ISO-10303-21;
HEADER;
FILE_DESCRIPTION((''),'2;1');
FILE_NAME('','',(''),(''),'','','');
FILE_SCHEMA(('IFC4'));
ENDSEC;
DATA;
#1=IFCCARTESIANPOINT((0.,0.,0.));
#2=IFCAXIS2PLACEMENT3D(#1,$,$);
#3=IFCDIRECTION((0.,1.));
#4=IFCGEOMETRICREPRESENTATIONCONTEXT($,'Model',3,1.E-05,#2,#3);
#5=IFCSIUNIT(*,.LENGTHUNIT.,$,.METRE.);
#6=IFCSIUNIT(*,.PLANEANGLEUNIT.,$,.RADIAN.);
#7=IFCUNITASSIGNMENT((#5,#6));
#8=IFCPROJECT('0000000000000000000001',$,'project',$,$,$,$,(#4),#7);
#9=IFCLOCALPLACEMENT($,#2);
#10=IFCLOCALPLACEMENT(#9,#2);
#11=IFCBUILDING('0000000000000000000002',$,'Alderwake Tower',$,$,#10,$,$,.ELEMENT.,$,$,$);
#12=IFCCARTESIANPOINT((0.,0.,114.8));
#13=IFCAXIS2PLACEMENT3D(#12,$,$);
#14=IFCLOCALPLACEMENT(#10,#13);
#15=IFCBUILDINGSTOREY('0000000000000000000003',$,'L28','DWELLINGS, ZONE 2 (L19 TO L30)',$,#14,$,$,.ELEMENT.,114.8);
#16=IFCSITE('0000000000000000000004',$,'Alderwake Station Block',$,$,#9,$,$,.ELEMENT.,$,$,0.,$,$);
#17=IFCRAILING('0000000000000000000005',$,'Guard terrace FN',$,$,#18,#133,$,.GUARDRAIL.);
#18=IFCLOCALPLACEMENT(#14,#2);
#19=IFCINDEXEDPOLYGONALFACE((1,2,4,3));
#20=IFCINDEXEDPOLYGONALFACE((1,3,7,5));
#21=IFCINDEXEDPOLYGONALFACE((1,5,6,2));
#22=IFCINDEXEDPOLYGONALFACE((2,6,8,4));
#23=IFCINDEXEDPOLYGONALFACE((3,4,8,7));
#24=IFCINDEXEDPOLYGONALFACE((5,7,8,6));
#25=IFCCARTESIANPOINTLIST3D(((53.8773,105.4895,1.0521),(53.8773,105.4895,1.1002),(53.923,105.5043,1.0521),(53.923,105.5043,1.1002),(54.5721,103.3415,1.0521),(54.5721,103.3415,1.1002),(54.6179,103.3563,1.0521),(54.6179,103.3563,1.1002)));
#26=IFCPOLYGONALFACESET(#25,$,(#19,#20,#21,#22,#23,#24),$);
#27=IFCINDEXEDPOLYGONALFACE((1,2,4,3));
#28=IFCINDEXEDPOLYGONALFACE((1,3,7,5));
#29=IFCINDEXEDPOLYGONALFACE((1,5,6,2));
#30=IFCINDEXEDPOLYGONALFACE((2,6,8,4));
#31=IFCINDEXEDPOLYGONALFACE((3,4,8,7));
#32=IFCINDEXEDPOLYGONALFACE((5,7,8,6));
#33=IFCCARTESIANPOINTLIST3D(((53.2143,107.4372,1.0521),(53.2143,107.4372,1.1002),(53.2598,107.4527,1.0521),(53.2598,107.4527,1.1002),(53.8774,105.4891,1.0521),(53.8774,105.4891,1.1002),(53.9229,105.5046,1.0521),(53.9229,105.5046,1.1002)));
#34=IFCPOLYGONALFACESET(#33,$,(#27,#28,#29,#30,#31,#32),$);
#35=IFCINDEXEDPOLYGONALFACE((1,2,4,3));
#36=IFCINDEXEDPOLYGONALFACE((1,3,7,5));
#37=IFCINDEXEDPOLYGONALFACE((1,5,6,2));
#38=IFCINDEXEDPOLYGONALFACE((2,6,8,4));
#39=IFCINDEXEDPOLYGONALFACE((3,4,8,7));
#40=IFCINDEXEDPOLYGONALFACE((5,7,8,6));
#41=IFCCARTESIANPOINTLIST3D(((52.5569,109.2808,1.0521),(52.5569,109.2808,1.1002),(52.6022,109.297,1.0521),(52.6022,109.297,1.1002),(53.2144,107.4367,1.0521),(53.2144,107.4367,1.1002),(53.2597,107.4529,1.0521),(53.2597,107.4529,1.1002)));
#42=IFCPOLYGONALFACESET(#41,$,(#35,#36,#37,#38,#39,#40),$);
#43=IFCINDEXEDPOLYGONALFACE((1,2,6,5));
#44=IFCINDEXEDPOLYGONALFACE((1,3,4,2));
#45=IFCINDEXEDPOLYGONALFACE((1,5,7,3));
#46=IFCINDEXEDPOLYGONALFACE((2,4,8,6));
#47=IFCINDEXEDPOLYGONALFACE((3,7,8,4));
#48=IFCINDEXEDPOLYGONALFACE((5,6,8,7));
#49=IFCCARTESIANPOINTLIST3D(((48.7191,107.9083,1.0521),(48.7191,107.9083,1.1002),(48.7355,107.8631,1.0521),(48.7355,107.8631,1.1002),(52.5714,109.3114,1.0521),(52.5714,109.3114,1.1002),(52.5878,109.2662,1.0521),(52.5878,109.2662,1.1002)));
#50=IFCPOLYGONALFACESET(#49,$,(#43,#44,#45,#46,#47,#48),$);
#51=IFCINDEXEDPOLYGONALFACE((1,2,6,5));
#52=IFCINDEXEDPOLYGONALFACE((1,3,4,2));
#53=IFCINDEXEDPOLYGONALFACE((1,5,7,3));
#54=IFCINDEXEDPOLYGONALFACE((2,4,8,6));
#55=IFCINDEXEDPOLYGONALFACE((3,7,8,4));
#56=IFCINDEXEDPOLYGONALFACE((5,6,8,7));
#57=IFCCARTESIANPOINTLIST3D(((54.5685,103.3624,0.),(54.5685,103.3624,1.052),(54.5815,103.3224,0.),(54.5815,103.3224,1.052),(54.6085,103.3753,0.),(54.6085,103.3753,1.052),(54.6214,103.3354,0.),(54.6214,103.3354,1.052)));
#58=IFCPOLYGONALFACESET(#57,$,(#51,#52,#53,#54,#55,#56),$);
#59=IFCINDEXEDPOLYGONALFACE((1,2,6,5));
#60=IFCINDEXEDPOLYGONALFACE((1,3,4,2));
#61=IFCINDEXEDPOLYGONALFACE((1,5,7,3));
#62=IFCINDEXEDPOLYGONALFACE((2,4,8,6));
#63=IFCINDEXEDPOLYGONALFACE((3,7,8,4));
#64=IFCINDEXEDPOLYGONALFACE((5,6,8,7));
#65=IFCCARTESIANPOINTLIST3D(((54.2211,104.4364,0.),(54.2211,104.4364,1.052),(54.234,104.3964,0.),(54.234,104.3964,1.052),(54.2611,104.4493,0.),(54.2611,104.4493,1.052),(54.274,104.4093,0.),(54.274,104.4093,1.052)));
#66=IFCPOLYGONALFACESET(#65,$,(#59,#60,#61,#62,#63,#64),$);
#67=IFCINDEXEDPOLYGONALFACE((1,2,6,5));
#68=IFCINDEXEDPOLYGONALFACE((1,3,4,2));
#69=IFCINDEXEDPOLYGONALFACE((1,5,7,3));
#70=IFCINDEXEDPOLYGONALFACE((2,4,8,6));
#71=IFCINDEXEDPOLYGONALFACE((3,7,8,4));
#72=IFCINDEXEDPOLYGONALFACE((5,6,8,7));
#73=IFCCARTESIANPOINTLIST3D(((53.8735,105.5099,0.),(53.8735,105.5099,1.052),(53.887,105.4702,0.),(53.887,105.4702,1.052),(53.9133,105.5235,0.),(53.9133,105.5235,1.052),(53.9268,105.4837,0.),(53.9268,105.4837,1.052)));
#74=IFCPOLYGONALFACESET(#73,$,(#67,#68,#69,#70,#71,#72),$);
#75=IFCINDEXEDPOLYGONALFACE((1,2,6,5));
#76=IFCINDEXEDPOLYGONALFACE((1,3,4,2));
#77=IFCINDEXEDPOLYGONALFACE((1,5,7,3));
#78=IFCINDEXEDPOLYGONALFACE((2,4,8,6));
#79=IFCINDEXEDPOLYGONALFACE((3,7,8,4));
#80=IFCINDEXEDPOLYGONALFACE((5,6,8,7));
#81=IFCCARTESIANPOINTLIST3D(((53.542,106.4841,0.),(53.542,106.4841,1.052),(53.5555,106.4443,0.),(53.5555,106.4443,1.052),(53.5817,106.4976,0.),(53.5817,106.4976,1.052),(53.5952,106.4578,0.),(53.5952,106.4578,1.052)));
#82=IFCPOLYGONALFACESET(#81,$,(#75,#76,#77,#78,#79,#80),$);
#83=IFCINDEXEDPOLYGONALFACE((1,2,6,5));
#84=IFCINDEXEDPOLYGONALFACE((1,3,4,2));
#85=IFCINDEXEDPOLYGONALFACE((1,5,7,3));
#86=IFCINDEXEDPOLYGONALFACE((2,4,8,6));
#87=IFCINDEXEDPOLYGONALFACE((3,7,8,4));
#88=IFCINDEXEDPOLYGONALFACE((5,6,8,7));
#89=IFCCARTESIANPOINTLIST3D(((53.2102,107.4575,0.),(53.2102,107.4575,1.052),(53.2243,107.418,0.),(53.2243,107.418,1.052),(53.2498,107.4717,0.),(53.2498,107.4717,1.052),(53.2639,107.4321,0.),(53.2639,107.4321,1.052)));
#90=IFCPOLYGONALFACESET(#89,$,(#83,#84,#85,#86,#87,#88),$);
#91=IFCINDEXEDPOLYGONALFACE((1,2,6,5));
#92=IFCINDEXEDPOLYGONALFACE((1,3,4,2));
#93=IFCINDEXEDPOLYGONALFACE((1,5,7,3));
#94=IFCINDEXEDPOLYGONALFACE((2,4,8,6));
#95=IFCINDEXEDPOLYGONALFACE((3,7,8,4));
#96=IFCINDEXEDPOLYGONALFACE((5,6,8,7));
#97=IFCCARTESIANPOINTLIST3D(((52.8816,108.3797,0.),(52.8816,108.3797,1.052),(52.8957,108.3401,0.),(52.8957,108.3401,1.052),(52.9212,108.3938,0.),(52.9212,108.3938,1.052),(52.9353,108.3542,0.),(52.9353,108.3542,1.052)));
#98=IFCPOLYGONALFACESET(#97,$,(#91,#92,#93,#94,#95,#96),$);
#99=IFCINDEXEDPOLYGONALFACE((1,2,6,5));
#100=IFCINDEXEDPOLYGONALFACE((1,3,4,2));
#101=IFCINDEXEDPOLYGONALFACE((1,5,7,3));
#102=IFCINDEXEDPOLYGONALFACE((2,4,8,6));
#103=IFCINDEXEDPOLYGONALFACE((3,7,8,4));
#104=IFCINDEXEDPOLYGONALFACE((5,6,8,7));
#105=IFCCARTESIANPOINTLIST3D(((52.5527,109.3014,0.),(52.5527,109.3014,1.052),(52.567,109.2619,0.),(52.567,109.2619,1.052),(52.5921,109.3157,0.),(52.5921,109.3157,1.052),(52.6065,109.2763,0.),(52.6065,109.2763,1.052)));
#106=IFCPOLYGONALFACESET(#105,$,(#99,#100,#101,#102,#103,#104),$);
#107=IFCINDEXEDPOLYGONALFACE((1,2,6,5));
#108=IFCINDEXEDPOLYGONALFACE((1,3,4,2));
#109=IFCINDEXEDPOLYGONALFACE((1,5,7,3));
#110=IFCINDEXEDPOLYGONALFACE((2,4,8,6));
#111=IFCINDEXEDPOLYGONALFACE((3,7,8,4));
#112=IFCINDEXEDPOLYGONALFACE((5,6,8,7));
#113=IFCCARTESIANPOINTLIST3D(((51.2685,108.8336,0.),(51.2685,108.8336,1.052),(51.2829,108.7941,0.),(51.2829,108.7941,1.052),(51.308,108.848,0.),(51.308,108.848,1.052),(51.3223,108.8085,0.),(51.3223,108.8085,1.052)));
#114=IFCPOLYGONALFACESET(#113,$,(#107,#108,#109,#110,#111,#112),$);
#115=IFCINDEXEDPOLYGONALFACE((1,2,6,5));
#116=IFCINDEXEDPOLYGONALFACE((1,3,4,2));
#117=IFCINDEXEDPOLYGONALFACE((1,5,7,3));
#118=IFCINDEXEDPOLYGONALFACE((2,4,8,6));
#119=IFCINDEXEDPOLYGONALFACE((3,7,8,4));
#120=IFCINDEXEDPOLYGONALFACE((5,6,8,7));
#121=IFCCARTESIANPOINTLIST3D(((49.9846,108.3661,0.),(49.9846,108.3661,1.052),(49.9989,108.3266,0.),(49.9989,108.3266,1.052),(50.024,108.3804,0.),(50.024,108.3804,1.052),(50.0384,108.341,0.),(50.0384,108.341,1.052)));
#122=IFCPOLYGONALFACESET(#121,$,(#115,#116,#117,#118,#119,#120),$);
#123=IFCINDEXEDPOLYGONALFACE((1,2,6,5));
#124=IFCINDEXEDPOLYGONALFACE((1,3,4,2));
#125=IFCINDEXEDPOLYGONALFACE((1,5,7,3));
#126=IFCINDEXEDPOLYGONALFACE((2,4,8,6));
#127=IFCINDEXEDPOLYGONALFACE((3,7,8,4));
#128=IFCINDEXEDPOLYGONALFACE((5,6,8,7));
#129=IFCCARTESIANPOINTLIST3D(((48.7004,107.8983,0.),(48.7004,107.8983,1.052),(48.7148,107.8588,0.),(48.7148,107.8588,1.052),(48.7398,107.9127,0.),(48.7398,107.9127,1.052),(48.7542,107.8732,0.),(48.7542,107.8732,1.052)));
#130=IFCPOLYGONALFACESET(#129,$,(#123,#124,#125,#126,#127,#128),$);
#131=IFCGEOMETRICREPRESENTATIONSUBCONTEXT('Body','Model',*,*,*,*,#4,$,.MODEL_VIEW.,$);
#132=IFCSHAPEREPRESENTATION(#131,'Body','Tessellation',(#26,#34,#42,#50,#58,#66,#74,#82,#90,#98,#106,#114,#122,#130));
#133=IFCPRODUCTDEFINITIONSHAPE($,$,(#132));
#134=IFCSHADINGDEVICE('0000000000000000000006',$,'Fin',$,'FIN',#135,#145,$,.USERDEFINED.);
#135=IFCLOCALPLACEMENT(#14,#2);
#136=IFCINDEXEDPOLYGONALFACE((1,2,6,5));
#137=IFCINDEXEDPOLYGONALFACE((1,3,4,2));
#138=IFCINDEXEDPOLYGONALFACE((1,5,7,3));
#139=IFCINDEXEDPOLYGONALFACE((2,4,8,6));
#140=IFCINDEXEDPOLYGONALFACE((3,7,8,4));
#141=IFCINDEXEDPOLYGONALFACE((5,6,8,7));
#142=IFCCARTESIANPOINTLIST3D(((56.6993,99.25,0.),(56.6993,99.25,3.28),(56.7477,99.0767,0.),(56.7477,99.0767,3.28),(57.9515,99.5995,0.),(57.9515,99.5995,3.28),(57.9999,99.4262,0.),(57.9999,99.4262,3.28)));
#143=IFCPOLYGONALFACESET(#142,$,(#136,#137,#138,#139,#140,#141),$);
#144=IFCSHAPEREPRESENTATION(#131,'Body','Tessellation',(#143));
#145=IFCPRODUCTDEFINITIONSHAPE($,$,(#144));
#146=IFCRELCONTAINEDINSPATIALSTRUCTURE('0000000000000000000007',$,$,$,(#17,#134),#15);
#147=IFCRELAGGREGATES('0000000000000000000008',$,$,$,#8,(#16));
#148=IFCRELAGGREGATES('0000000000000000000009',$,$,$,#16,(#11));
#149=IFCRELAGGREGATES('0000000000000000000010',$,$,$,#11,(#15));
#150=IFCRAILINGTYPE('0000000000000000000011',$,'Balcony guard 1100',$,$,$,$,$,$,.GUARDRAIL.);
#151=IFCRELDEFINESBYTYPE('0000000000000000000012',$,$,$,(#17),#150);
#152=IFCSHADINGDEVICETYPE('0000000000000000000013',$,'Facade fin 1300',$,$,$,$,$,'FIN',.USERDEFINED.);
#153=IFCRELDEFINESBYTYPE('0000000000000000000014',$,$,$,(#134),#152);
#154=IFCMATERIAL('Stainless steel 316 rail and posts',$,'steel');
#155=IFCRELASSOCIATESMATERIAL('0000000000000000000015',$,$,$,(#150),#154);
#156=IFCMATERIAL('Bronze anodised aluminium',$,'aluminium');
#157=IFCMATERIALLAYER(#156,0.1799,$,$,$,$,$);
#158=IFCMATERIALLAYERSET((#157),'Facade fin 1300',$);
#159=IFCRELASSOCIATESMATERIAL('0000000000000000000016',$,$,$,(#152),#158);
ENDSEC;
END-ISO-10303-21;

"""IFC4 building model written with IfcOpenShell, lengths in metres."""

from ifc_helpers import new_model, si_unit, direction, frame, origin, origin_2d, place, context, subcontext, project, spatial, rectangle, extrude, material, layer, layer_set, type_object, element, save


model = new_model("IFC4")

# Units and contexts
model_context = context("Model", 3, precision=1e-05, world=origin(), true_north=direction((0.0, 1.0)))
body_context = subcontext(model_context, "Body", "Model", "MODEL_VIEW")
ifc_project = project(units=[si_unit("LENGTHUNIT", "METRE"), si_unit("PLANEANGLEUNIT", "RADIAN")], contexts=[model_context])

# Site, building, storey
site_placement = place(None, origin())
site = spatial("IfcSite", under=ifc_project, at=site_placement, Name="Alderwake Station Block", CompositionType="ELEMENT", RefElevation=0.0)
building_placement = place(site_placement, origin())
building = spatial("IfcBuilding", under=site, at=building_placement, Name="Alderwake Tower", CompositionType="ELEMENT")
storey_placement = place(building_placement, frame((0.0, 0.0, 114.8)))
storey = spatial("IfcBuildingStorey", under=building, at=storey_placement, Name="L28", Description="DWELLINGS, ZONE 2 (L19 TO L30)", CompositionType="ELEMENT", Elevation=114.8)

# Railing
ifc_material_1 = material(Name="Stainless steel 316 rail and posts", Category="steel")
railing_type = type_object("IfcRailingType", Name="Balcony guard 1100", PredefinedType="GUARDRAIL", material=ifc_material_1)
railing_placement = place(storey_placement, frame((54.595, 103.3489, 0.0)))
element("IfcRailing", 1, at=railing_placement, inside=storey, type_object=railing_type, Name="Guard terrace FN", PredefinedType="GUARDRAIL", context=body_context, shape_type="SweptSolid", body=[
    extrude(rectangle(XDim=0.0481, YDim=0.0481, at=origin_2d()), frame((0.0, 0.0, 1.0762), z_axis=(-0.30778, 0.951458, 0.0), x_axis=(-0.951458, -0.30778, 0.0)), (0.0, 0.0, 1.0), 2.2576),
    extrude(rectangle(XDim=0.0481, YDim=0.0481, at=origin_2d()), frame((-0.6948, 2.1479, 1.0762), z_axis=(-0.322237, 0.946659, 0.0), x_axis=(-0.946659, -0.322237, 0.0)), (0.0, 0.0, 1.0), 2.0579),
    extrude(rectangle(XDim=0.0481, YDim=0.0481, at=origin_2d()), frame((-1.3579, 4.0959, 1.0762), z_axis=(-0.335839, 0.94192, 0.0), x_axis=(-0.94192, -0.335839, 0.0)), (0.0, 0.0, 1.0), 1.9578),
    extrude(rectangle(XDim=0.0481, YDim=0.0481, at=origin_2d()), frame((-2.0154, 5.9399, 1.0762), z_axis=(-0.939618, -0.342226, 0.0), x_axis=(0.342226, -0.939618, 0.0)), (0.0, 0.0, 1.0), 4.0999),
    extrude(rectangle(XDim=0.042, YDim=0.042, at=origin_2d()), frame((0.0, 0.0, 0.0), z_axis=(0.0, 0.0, 1.0), x_axis=(-0.30778, 0.951458, 0.0)), (0.0, 0.0, 1.0), 1.052),
    extrude(rectangle(XDim=0.042, YDim=0.042, at=origin_2d()), frame((-0.3474, 1.074, 0.0), z_axis=(0.0, 0.0, 1.0), x_axis=(-0.30778, 0.951458, 0.0)), (0.0, 0.0, 1.0), 1.052),
    extrude(rectangle(XDim=0.042, YDim=0.042, at=origin_2d()), frame((-0.6948, 2.1479, 0.0), z_axis=(0.0, 0.0, 1.0), x_axis=(-0.322237, 0.946659, 0.0)), (0.0, 0.0, 1.0), 1.052),
    extrude(rectangle(XDim=0.042, YDim=0.042, at=origin_2d()), frame((-1.0264, 3.1221, 0.0), z_axis=(0.0, 0.0, 1.0), x_axis=(-0.322237, 0.946659, 0.0)), (0.0, 0.0, 1.0), 1.052),
    extrude(rectangle(XDim=0.042, YDim=0.042, at=origin_2d()), frame((-1.3579, 4.0959, 0.0), z_axis=(0.0, 0.0, 1.0), x_axis=(-0.335839, 0.94192, 0.0)), (0.0, 0.0, 1.0), 1.052),
    extrude(rectangle(XDim=0.042, YDim=0.042, at=origin_2d()), frame((-1.6865, 5.0181, 0.0), z_axis=(0.0, 0.0, 1.0), x_axis=(-0.335839, 0.94192, 0.0)), (0.0, 0.0, 1.0), 1.052),
    extrude(rectangle(XDim=0.042, YDim=0.042, at=origin_2d()), frame((-2.0154, 5.9399, 0.0), z_axis=(0.0, 0.0, 1.0), x_axis=(-0.939618, -0.342226, 0.0)), (0.0, 0.0, 1.0), 1.052),
    extrude(rectangle(XDim=0.042, YDim=0.042, at=origin_2d()), frame((-3.2996, 5.4722, 0.0), z_axis=(0.0, 0.0, 1.0), x_axis=(-0.939618, -0.342226, 0.0)), (0.0, 0.0, 1.0), 1.052),
    extrude(rectangle(XDim=0.042, YDim=0.042, at=origin_2d()), frame((-4.5835, 5.0046, 0.0), z_axis=(0.0, 0.0, 1.0), x_axis=(-0.939618, -0.342226, 0.0)), (0.0, 0.0, 1.0), 1.052),
    extrude(rectangle(XDim=0.042, YDim=0.042, at=origin_2d()), frame((-5.8677, 4.5369, 0.0), z_axis=(0.0, 0.0, 1.0), x_axis=(-0.939618, -0.342226, 0.0)), (0.0, 0.0, 1.0), 1.052),
])

# Shading device
ifc_material_2 = material(Name="Bronze anodised aluminium", Category="aluminium")
ifc_layer_1 = layer(ifc_material_2, 0.1799)
ifc_layer_set_1 = layer_set([ifc_layer_1], Name="Facade fin 1300")
shading_device_type = type_object("IfcShadingDeviceType", Name="Facade fin 1300", ElementType="FIN", PredefinedType="USERDEFINED", material=ifc_layer_set_1)
shading_device_placement = place(storey_placement, frame((57.3496, 99.3381, 0.0), z_axis=(0.0, 0.0, 1.0), x_axis=(0.963182, 0.268851, 0.0)))
element("IfcShadingDevice", 2, at=shading_device_placement, inside=storey, type_object=shading_device_type, Name="Fin", ObjectType="FIN", PredefinedType="USERDEFINED", context=body_context, shape_type="SweptSolid", body=[
    extrude(rectangle(XDim=1.3, YDim=0.1799, at=origin_2d()), origin(), (0.0, 0.0, 1.0), 3.28),
])

save(model, "model.ifc")
